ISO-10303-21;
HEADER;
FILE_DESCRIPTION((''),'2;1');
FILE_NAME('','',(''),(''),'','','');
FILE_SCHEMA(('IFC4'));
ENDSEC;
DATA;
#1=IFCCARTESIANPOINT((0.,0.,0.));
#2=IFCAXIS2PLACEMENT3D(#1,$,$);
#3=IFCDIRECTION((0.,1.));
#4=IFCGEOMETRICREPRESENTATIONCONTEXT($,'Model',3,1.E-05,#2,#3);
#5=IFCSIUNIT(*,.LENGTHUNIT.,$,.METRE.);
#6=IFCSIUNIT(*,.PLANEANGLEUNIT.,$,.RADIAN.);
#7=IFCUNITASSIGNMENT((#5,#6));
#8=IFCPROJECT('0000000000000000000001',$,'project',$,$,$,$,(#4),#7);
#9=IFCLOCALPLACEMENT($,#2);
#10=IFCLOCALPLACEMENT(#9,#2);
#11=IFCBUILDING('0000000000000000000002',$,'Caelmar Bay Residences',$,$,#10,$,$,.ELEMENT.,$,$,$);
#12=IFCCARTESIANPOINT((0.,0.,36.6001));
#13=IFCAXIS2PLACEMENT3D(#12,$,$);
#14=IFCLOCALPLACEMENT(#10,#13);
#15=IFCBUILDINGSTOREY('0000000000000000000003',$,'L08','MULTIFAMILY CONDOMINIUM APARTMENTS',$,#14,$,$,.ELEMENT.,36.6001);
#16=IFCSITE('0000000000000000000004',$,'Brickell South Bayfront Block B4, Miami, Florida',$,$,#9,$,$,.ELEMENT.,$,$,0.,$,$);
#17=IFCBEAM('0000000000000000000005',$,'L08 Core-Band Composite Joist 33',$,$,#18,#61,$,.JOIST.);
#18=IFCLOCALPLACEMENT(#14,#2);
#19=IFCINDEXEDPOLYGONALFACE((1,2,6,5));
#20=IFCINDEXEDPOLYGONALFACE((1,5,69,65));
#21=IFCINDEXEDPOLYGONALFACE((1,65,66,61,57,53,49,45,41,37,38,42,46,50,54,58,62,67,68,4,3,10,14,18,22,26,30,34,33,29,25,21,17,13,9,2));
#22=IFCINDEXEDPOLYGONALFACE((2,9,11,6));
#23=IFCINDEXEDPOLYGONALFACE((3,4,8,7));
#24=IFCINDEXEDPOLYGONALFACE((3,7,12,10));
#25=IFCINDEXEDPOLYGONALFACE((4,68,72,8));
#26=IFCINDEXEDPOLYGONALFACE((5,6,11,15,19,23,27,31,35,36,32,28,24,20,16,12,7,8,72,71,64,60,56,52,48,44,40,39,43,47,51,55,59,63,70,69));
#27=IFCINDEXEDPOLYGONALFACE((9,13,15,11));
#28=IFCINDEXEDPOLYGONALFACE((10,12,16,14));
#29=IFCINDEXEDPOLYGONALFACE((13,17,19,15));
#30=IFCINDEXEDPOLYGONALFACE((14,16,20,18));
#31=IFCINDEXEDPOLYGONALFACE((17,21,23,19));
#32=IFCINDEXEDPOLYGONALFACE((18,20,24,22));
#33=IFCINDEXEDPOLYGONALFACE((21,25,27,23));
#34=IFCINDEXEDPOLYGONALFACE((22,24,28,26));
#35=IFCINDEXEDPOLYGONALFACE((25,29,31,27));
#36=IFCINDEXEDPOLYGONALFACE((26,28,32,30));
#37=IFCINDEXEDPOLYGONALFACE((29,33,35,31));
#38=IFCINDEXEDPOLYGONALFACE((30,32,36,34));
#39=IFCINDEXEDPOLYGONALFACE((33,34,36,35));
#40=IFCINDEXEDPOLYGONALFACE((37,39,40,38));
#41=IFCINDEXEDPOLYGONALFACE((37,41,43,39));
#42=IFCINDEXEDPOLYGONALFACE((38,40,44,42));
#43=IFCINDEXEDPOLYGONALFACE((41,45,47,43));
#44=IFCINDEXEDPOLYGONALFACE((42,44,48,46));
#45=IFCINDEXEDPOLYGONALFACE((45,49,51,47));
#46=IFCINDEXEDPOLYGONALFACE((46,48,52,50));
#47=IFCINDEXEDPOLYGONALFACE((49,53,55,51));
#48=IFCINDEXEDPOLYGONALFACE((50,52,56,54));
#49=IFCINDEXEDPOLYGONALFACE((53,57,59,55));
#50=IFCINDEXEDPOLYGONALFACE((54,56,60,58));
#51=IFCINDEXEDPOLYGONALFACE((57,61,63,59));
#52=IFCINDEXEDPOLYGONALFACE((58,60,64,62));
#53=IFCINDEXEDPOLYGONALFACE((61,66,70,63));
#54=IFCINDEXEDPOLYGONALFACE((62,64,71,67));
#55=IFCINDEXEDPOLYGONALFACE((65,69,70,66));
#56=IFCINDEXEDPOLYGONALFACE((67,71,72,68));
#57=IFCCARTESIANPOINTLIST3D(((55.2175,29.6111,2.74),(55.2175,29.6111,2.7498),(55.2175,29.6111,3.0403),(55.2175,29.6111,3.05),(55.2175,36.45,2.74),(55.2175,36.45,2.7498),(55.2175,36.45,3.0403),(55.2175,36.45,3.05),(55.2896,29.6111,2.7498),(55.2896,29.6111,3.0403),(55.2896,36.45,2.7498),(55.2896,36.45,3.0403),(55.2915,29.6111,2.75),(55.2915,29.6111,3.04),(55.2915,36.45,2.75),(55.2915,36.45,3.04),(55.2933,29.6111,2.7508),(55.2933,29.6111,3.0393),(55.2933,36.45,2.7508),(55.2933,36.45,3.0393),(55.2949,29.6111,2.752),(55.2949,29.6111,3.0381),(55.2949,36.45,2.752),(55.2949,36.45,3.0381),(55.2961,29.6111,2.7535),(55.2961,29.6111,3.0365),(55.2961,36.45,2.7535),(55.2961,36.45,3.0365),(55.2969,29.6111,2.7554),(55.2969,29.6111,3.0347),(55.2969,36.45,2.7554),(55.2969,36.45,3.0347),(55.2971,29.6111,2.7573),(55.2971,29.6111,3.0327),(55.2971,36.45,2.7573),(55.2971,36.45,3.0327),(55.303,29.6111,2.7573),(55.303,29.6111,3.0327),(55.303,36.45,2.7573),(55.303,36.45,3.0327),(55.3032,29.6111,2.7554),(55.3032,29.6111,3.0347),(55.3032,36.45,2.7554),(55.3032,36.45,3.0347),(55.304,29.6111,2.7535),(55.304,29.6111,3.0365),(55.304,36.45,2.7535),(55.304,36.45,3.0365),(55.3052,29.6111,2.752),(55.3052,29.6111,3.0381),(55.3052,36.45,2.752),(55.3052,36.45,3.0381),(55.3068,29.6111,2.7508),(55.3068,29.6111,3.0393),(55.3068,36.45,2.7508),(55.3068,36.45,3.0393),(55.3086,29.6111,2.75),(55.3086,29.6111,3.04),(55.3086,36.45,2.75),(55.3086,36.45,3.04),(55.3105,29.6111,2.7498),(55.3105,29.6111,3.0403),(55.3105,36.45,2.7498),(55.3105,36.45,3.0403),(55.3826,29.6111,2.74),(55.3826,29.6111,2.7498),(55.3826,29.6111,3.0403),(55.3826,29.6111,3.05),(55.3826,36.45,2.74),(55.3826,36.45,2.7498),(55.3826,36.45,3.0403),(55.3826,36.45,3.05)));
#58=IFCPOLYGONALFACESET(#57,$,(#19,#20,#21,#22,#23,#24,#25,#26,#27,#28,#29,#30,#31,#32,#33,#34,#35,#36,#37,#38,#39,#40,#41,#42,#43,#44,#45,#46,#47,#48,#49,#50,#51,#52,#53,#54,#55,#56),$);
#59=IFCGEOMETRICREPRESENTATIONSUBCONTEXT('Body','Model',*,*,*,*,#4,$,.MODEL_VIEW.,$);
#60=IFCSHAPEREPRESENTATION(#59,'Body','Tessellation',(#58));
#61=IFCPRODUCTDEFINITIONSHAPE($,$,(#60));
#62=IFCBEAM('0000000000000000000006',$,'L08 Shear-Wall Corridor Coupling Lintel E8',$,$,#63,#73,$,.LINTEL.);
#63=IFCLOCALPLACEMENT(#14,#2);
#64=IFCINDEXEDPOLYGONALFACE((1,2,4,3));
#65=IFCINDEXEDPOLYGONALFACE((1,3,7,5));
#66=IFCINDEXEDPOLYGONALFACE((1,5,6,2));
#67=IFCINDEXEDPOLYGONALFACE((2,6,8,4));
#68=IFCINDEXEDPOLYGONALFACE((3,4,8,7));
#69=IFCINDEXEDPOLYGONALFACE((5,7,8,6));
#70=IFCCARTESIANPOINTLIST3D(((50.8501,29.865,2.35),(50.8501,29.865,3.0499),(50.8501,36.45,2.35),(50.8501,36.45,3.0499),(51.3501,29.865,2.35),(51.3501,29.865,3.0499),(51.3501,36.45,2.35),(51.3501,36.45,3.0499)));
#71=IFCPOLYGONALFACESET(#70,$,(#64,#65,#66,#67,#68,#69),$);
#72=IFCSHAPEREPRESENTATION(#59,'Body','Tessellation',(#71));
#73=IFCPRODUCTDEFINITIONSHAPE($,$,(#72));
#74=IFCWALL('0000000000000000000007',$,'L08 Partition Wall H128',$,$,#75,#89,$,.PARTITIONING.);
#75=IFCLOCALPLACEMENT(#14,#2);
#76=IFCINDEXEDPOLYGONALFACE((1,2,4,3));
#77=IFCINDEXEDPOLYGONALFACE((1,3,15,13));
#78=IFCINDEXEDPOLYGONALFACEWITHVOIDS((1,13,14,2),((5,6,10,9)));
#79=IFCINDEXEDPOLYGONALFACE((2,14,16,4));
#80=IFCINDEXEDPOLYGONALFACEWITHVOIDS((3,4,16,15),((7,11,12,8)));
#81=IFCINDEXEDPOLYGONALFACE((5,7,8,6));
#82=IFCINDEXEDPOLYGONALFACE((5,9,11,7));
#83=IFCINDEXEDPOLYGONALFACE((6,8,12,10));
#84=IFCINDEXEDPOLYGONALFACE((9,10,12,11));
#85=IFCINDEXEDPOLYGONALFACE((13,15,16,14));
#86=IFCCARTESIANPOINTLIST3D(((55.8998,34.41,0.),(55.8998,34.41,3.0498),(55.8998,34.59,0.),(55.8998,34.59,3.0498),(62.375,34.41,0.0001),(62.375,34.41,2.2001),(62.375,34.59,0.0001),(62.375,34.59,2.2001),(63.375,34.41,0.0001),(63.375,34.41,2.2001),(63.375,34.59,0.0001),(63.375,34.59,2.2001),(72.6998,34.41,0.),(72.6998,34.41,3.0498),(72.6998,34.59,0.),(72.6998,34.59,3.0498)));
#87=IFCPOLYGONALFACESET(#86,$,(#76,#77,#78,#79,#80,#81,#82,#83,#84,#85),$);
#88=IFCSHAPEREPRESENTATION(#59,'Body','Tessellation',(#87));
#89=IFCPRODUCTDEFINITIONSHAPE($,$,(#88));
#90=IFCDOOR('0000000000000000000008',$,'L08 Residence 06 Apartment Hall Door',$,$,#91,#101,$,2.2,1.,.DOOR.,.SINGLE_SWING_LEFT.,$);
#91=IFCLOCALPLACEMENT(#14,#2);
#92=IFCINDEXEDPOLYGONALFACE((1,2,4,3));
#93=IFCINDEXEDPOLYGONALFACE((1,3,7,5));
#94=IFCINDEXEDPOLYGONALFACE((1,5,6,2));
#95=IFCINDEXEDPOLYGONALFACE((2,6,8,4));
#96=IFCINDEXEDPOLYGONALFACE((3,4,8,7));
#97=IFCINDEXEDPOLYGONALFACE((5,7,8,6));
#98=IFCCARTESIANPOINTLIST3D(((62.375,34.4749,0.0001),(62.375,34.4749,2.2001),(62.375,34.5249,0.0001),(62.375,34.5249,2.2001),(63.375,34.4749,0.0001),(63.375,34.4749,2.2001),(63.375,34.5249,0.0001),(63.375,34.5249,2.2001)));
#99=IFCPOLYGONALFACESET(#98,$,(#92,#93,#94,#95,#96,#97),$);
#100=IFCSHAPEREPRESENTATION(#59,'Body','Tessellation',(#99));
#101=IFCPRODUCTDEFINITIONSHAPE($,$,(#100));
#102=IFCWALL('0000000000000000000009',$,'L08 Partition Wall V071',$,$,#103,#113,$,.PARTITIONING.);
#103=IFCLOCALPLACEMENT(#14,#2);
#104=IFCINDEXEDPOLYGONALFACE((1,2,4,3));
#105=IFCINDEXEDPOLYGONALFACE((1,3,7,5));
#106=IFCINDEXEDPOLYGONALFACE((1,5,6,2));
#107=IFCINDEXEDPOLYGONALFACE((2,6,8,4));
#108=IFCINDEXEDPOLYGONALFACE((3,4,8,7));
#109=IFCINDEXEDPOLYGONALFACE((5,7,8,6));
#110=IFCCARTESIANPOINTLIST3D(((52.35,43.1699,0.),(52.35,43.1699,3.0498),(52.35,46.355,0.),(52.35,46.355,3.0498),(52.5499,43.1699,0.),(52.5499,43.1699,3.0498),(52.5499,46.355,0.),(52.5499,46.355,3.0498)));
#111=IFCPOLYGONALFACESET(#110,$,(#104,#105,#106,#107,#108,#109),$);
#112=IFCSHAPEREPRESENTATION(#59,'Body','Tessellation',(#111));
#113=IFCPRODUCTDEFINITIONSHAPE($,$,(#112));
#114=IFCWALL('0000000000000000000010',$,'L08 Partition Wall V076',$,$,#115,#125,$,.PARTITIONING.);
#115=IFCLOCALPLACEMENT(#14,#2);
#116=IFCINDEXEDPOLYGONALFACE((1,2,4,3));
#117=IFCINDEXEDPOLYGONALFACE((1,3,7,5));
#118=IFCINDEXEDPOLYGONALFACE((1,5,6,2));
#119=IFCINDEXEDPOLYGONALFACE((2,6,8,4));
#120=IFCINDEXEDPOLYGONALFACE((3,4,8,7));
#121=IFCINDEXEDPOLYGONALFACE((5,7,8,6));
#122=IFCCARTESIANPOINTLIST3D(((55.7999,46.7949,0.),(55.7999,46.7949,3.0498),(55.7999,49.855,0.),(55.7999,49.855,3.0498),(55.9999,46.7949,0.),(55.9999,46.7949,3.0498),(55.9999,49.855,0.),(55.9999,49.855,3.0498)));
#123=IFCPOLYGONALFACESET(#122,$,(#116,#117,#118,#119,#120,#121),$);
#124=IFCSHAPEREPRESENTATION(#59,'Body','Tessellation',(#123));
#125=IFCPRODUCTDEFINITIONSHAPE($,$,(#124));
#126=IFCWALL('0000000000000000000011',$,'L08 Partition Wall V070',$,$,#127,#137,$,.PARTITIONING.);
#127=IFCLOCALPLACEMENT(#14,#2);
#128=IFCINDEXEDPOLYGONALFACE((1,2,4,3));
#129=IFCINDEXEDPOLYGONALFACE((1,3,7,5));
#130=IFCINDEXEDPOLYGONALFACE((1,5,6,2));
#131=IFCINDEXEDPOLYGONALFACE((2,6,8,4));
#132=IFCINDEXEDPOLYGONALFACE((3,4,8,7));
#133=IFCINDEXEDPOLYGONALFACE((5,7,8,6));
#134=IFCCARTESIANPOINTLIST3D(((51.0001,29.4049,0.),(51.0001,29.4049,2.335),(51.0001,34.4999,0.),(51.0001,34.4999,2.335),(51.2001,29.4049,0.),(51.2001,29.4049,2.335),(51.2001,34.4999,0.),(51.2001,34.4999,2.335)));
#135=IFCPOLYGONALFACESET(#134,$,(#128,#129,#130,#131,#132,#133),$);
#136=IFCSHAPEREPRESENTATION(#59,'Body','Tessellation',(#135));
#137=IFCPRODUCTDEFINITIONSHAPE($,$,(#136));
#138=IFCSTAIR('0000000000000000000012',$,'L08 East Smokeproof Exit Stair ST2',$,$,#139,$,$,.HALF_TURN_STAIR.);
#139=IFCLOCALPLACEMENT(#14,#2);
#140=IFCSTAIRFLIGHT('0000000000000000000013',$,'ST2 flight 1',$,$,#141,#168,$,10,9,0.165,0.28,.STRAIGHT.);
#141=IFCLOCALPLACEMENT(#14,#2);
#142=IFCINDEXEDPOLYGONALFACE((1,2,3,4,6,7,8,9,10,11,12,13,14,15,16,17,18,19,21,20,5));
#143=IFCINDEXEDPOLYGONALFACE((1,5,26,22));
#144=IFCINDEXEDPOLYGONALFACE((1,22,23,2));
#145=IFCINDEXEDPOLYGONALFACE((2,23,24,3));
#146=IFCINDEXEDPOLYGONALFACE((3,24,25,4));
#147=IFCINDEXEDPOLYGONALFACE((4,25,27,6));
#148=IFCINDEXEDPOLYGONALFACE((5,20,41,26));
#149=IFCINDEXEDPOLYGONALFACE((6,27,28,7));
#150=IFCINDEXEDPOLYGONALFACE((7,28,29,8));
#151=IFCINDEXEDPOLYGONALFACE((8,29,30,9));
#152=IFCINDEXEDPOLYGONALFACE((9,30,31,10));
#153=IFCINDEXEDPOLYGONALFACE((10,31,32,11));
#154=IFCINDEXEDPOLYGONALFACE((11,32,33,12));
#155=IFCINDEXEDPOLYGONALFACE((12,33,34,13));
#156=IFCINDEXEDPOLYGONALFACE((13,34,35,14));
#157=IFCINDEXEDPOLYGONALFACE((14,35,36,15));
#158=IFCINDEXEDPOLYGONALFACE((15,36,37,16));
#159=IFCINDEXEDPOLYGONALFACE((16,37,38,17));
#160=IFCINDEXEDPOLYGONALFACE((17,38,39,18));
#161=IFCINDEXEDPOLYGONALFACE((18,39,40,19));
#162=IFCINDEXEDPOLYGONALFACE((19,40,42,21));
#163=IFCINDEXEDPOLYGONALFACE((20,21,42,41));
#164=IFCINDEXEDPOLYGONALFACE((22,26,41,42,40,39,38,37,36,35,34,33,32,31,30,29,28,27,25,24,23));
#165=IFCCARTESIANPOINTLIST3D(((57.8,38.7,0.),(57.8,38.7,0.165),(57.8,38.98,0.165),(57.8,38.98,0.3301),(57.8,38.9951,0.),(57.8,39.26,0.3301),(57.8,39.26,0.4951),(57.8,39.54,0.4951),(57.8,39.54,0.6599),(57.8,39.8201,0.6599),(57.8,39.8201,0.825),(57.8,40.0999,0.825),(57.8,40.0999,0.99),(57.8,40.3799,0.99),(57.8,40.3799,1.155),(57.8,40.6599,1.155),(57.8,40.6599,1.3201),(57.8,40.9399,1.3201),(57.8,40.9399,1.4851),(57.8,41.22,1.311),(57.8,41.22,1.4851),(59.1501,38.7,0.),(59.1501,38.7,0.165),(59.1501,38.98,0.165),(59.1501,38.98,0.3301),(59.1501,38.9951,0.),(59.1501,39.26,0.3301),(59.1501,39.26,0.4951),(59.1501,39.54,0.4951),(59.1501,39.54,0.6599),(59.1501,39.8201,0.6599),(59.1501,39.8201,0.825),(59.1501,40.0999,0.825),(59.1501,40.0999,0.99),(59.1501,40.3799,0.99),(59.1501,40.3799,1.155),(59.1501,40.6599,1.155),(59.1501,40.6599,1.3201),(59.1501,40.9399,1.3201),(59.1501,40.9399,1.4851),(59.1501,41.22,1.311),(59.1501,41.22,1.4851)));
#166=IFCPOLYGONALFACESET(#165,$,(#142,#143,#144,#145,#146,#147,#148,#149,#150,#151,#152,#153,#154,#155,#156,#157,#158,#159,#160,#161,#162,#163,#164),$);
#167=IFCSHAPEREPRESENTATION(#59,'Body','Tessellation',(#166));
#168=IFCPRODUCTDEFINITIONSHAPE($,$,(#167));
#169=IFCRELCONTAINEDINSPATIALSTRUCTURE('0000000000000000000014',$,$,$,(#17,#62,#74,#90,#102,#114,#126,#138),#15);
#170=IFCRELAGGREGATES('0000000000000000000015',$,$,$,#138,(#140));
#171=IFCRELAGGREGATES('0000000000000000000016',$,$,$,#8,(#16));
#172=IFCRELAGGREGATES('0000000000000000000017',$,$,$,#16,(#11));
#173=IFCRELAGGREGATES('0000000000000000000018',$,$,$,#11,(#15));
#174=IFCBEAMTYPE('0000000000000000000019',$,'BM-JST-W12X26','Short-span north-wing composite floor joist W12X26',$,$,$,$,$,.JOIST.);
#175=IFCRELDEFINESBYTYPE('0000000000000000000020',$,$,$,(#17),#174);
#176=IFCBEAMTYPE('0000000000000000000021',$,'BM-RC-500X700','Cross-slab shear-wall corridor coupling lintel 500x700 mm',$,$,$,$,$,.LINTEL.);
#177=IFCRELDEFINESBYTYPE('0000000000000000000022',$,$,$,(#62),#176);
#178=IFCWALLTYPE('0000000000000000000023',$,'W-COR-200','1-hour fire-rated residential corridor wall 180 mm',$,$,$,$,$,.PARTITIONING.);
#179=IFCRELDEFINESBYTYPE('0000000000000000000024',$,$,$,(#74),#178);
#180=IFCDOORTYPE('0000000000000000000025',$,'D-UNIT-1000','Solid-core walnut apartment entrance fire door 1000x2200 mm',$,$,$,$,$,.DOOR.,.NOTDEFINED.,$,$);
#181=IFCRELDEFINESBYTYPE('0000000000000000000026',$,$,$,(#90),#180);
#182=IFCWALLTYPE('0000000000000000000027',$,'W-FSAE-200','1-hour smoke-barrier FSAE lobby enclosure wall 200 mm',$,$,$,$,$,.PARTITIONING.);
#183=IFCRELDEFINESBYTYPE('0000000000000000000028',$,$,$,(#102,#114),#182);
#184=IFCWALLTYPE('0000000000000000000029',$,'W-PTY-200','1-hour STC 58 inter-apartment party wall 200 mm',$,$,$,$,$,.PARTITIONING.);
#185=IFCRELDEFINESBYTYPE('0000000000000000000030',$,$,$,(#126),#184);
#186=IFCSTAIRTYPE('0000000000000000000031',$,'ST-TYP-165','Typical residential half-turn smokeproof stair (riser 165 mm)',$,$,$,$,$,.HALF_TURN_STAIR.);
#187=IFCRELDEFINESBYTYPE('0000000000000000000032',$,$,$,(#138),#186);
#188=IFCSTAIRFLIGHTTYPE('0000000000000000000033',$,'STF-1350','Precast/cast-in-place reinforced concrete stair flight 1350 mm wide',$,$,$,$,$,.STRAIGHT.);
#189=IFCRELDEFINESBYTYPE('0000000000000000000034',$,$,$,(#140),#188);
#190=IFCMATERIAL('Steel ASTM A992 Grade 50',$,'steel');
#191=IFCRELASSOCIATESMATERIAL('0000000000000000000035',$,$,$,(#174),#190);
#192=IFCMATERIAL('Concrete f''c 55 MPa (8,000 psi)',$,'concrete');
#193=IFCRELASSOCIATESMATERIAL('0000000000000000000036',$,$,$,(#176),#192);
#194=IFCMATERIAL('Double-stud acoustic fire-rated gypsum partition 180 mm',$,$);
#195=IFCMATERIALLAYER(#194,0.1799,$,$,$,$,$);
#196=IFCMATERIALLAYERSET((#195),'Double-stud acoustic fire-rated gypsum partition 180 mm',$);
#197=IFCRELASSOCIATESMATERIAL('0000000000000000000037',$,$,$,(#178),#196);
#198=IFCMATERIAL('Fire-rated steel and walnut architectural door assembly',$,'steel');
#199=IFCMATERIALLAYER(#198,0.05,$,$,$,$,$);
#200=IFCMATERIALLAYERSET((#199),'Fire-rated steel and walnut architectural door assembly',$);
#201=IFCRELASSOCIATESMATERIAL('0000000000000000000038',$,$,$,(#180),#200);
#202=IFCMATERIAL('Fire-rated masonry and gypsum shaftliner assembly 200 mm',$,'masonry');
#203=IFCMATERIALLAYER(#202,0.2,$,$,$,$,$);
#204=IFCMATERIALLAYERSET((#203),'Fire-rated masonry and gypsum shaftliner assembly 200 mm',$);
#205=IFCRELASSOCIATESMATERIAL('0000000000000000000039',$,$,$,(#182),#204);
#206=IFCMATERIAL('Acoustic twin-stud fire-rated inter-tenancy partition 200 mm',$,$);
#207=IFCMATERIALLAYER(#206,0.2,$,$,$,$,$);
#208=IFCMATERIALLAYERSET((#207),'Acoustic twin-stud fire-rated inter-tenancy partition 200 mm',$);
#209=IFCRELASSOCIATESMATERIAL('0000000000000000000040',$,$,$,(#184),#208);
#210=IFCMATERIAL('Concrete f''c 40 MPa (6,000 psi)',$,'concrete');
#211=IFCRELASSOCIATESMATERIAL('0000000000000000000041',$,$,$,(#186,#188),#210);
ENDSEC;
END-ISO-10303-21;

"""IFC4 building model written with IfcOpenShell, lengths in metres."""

from ifc_helpers import new_model, si_unit, direction, frame, frame_2d, origin, origin_2d, place, context, subcontext, project, spatial, polyline, rectangle, i_section, outline, extrude, material, layer, layer_set, material_profile, profile_set, type_object, element, fill, aggregate, save


model = new_model("IFC4")

# Units and contexts
model_context = context("Model", 3, precision=1e-05, world=origin(), true_north=direction((0.0, 1.0)))
body_context = subcontext(model_context, "Body", "Model", "MODEL_VIEW")
ifc_project = project(units=[si_unit("LENGTHUNIT", "METRE"), si_unit("PLANEANGLEUNIT", "RADIAN")], contexts=[model_context])

# Site, building, storey
site_placement = place(None, origin())
site = spatial("IfcSite", under=ifc_project, at=site_placement, Name="Brickell South Bayfront Block B4, Miami, Florida", CompositionType="ELEMENT", RefElevation=0.0)
building_placement = place(site_placement, origin())
building = spatial("IfcBuilding", under=site, at=building_placement, Name="Caelmar Bay Residences", CompositionType="ELEMENT")
storey_placement = place(building_placement, frame((0.0, 0.0, 36.6001)))
storey = spatial("IfcBuildingStorey", under=building, at=storey_placement, Name="L08", Description="MULTIFAMILY CONDOMINIUM APARTMENTS", CompositionType="ELEMENT", Elevation=36.6001)

# Beams
ifc_material_1 = material(Name="Steel ASTM A992 Grade 50", Category="steel")
ifc_material_profile_1 = material_profile(ifc_material_1, i_section(OverallWidth=0.165, OverallDepth=0.3101, WebThickness=0.0059, FlangeThickness=0.0098, FilletRadius=0.0076, at=origin_2d()), Name="W12X26")
ifc_profile_set_1 = profile_set([ifc_material_profile_1], Name="Steel ASTM A992 Grade 50")
beam_type_1 = type_object("IfcBeamType", Name="BM-JST-W12X26", Description="Short-span north-wing composite floor joist W12X26", PredefinedType="JOIST", material=ifc_profile_set_1)
beam_1_placement = place(storey_placement, frame((55.3, 29.6111, 2.895), z_axis=(0.0, 1.0, 0.0), x_axis=(-1.0, 0.0, 0.0)))
element("IfcBeam", 1, at=beam_1_placement, inside=storey, type_object=beam_type_1, Name="L08 Core-Band Composite Joist 33", PredefinedType="JOIST", context=body_context, shape_type="SweptSolid", body=[
    extrude(i_section(OverallWidth=0.165, OverallDepth=0.3101, WebThickness=0.0059, FlangeThickness=0.0098, FilletRadius=0.0076, at=origin_2d()), origin(), (0.0, 0.0, 1.0), 6.8389),
])
ifc_material_2 = material(Name="Concrete f'c 55 MPa (8,000 psi)", Category="concrete")
ifc_material_profile_2 = material_profile(ifc_material_2, rectangle(XDim=0.5, YDim=0.7, at=origin_2d()), Name="RC-BM-500X700")
ifc_profile_set_2 = profile_set([ifc_material_profile_2], Name="Concrete f'c 55 MPa (8,000 psi)")
beam_type_2 = type_object("IfcBeamType", Name="BM-RC-500X700", Description="Cross-slab shear-wall corridor coupling lintel 500x700 mm", PredefinedType="LINTEL", material=ifc_profile_set_2)
beam_2_placement = place(storey_placement, frame((51.1001, 29.865, 2.7), z_axis=(0.0, 1.0, 0.0), x_axis=(-1.0, 0.0, 0.0)))
element("IfcBeam", 2, at=beam_2_placement, inside=storey, type_object=beam_type_2, Name="L08 Shear-Wall Corridor Coupling Lintel E8", PredefinedType="LINTEL", context=body_context, shape_type="SweptSolid", body=[
    extrude(rectangle(XDim=0.5, YDim=0.7, at=origin_2d()), origin(), (0.0, 0.0, 1.0), 6.585),
])

# Wall, opening, door
ifc_material_3 = material(Name="Fire-rated steel and walnut architectural door assembly", Category="steel")
ifc_material_4 = material(Name="Double-stud acoustic fire-rated gypsum partition 180 mm")
ifc_layer_1 = layer(ifc_material_4, 0.1799)
ifc_layer_set_1 = layer_set([ifc_layer_1], Name="Double-stud acoustic fire-rated gypsum partition 180 mm")
wall_type_1 = type_object("IfcWallType", Name="W-COR-200", Description="1-hour fire-rated residential corridor wall 180 mm", PredefinedType="PARTITIONING", material=ifc_layer_set_1)
wall_1_placement = place(storey_placement, frame((55.8999, 34.5, 0.0), z_axis=(0.0, 0.0, 1.0), x_axis=(1.0, 0.0, 0.0)))
wall_1 = element("IfcWall", 3, at=wall_1_placement, inside=storey, type_object=wall_type_1, Name="L08 Partition Wall H128", PredefinedType="PARTITIONING", context=body_context, shape_type="SweptSolid", body=[
    extrude(rectangle(XDim=16.8, YDim=0.1799, at=frame_2d((8.3999, 0.0))), origin(), (0.0, 0.0, 1.0), 3.0498),
])
opening_1_placement = place(wall_1_placement, frame((6.4751, 0.0, 0.0)))
opening_1 = element("IfcOpeningElement", 4, at=opening_1_placement, cuts=wall_1, PredefinedType="OPENING", context=body_context, shape_type="SweptSolid", body=[
    extrude(rectangle(XDim=1.0, YDim=2.2, at=frame_2d((0.5, 1.1001))), frame((0.0, 0.0999, 0.0), z_axis=(0.0, -1.0, 0.0), x_axis=(1.0, 0.0, 0.0)), (0.0, 0.0, 1.0), 0.2),
])
ifc_layer_2 = layer(ifc_material_3, 0.05)
ifc_layer_set_2 = layer_set([ifc_layer_2], Name="Fire-rated steel and walnut architectural door assembly")
door_type_1 = type_object("IfcDoorType", Name="D-UNIT-1000", Description="Solid-core walnut apartment entrance fire door 1000x2200 mm", OperationType="NOTDEFINED", PredefinedType="DOOR", material=ifc_layer_set_2)
door_1_placement = place(opening_1_placement, origin())
door_1 = element("IfcDoor", 5, at=door_1_placement, inside=storey, type_object=door_type_1, Name="L08 Residence 06 Apartment Hall Door", OperationType="SINGLE_SWING_LEFT", OverallHeight=2.2, OverallWidth=1.0, PredefinedType="DOOR", context=body_context, shape_type="SweptSolid", body=[
    extrude(rectangle(XDim=1.0, YDim=2.2, at=frame_2d((0.5, 1.1001))), frame((0.0, 0.0249, 0.0), z_axis=(0.0, -1.0, 0.0), x_axis=(1.0, 0.0, 0.0)), (0.0, 0.0, 1.0), 0.05),
])
fill(opening_1, door_1)

# Walls
ifc_material_5 = material(Name="Fire-rated masonry and gypsum shaftliner assembly 200 mm", Category="masonry")
ifc_layer_3 = layer(ifc_material_5, 0.2)
ifc_layer_set_3 = layer_set([ifc_layer_3], Name="Fire-rated masonry and gypsum shaftliner assembly 200 mm")
wall_type_2 = type_object("IfcWallType", Name="W-FSAE-200", Description="1-hour smoke-barrier FSAE lobby enclosure wall 200 mm", PredefinedType="PARTITIONING", material=ifc_layer_set_3)
wall_2_placement = place(storey_placement, frame((52.45, 43.1699, 0.0), z_axis=(0.0, 0.0, 1.0), x_axis=(0.0, 1.0, 0.0)))
element("IfcWall", 6, at=wall_2_placement, inside=storey, type_object=wall_type_2, Name="L08 Partition Wall V071", PredefinedType="PARTITIONING", context=body_context, shape_type="SweptSolid", body=[
    extrude(rectangle(XDim=3.1851, YDim=0.2, at=frame_2d((1.5925, 0.0))), origin(), (0.0, 0.0, 1.0), 3.0498),
])
wall_3_placement = place(storey_placement, frame((55.8999, 46.7949, 0.0), z_axis=(0.0, 0.0, 1.0), x_axis=(0.0, 1.0, 0.0)))
element("IfcWall", 7, at=wall_3_placement, inside=storey, type_object=wall_type_2, Name="L08 Partition Wall V076", PredefinedType="PARTITIONING", context=body_context, shape_type="SweptSolid", body=[
    extrude(rectangle(XDim=3.0601, YDim=0.2, at=frame_2d((1.53, 0.0))), origin(), (0.0, 0.0, 1.0), 3.0498),
])
ifc_material_6 = material(Name="Acoustic twin-stud fire-rated inter-tenancy partition 200 mm")
ifc_layer_4 = layer(ifc_material_6, 0.2)
ifc_layer_set_4 = layer_set([ifc_layer_4], Name="Acoustic twin-stud fire-rated inter-tenancy partition 200 mm")
wall_type_3 = type_object("IfcWallType", Name="W-PTY-200", Description="1-hour STC 58 inter-apartment party wall 200 mm", PredefinedType="PARTITIONING", material=ifc_layer_set_4)
wall_4_placement = place(storey_placement, frame((51.1001, 29.405, 0.0), z_axis=(0.0, 0.0, 1.0), x_axis=(0.0, 1.0, 0.0)))
element("IfcWall", 8, at=wall_4_placement, inside=storey, type_object=wall_type_3, Name="L08 Partition Wall V070", PredefinedType="PARTITIONING", context=body_context, shape_type="SweptSolid", body=[
    extrude(rectangle(XDim=5.095, YDim=0.2, at=frame_2d((2.5474, 0.0))), origin(), (0.0, 0.0, 1.0), 2.335),
])

# Stair, stair flight
ifc_material_7 = material(Name="Concrete f'c 40 MPa (6,000 psi)", Category="concrete")
stair_type = type_object("IfcStairType", Name="ST-TYP-165", Description="Typical residential half-turn smokeproof stair (riser 165 mm)", PredefinedType="HALF_TURN_STAIR", material=ifc_material_7)
stair_placement = place(storey_placement, origin())
stair = element("IfcStair", 9, at=stair_placement, inside=storey, type_object=stair_type, Name="L08 East Smokeproof Exit Stair ST2", PredefinedType="HALF_TURN_STAIR")
stair_flight_type = type_object("IfcStairFlightType", Name="STF-1350", Description="Precast/cast-in-place reinforced concrete stair flight 1350 mm wide", PredefinedType="STRAIGHT", material=ifc_material_7)
stair_flight_1_placement = place(storey_placement, frame((58.4751, 38.7, 0.0), z_axis=(0.0, 0.0, 1.0), x_axis=(0.0, 1.0, 0.0)))
stair_flight_1 = element("IfcStairFlight", 10, at=stair_flight_1_placement, type_object=stair_flight_type, Name="ST2 flight 1", NumberOfRisers=10, NumberOfTreads=9, PredefinedType="STRAIGHT", RiserHeight=0.165, TreadLength=0.28, context=body_context, shape_type="SweptSolid", body=[
    extrude(outline(polyline([(0.0, 0.0), (0.0, 0.165), (0.28, 0.165), (0.28, 0.3301), (0.5601, 0.3301), (0.5601, 0.4951), (0.8401, 0.4951), (0.8401, 0.6599), (1.1201, 0.6599), (1.1201, 0.825), (1.3999, 0.825), (1.3999, 0.99), (1.6799, 0.99), (1.6799, 1.155), (1.96, 1.155), (1.96, 1.3201), (2.24, 1.3201), (2.24, 1.4851), (2.52, 1.4851), (2.52, 1.6499), (2.52, 1.311), (0.2952, 0.0), (0.0, 0.0)])), frame((0.0, 0.675, 0.0), z_axis=(0.0, -1.0, 0.0), x_axis=(1.0, 0.0, 0.0)), (0.0, 0.0, 1.0), 1.3501),
])
aggregate(stair, [stair_flight_1])

save(model, "model.ifc")
